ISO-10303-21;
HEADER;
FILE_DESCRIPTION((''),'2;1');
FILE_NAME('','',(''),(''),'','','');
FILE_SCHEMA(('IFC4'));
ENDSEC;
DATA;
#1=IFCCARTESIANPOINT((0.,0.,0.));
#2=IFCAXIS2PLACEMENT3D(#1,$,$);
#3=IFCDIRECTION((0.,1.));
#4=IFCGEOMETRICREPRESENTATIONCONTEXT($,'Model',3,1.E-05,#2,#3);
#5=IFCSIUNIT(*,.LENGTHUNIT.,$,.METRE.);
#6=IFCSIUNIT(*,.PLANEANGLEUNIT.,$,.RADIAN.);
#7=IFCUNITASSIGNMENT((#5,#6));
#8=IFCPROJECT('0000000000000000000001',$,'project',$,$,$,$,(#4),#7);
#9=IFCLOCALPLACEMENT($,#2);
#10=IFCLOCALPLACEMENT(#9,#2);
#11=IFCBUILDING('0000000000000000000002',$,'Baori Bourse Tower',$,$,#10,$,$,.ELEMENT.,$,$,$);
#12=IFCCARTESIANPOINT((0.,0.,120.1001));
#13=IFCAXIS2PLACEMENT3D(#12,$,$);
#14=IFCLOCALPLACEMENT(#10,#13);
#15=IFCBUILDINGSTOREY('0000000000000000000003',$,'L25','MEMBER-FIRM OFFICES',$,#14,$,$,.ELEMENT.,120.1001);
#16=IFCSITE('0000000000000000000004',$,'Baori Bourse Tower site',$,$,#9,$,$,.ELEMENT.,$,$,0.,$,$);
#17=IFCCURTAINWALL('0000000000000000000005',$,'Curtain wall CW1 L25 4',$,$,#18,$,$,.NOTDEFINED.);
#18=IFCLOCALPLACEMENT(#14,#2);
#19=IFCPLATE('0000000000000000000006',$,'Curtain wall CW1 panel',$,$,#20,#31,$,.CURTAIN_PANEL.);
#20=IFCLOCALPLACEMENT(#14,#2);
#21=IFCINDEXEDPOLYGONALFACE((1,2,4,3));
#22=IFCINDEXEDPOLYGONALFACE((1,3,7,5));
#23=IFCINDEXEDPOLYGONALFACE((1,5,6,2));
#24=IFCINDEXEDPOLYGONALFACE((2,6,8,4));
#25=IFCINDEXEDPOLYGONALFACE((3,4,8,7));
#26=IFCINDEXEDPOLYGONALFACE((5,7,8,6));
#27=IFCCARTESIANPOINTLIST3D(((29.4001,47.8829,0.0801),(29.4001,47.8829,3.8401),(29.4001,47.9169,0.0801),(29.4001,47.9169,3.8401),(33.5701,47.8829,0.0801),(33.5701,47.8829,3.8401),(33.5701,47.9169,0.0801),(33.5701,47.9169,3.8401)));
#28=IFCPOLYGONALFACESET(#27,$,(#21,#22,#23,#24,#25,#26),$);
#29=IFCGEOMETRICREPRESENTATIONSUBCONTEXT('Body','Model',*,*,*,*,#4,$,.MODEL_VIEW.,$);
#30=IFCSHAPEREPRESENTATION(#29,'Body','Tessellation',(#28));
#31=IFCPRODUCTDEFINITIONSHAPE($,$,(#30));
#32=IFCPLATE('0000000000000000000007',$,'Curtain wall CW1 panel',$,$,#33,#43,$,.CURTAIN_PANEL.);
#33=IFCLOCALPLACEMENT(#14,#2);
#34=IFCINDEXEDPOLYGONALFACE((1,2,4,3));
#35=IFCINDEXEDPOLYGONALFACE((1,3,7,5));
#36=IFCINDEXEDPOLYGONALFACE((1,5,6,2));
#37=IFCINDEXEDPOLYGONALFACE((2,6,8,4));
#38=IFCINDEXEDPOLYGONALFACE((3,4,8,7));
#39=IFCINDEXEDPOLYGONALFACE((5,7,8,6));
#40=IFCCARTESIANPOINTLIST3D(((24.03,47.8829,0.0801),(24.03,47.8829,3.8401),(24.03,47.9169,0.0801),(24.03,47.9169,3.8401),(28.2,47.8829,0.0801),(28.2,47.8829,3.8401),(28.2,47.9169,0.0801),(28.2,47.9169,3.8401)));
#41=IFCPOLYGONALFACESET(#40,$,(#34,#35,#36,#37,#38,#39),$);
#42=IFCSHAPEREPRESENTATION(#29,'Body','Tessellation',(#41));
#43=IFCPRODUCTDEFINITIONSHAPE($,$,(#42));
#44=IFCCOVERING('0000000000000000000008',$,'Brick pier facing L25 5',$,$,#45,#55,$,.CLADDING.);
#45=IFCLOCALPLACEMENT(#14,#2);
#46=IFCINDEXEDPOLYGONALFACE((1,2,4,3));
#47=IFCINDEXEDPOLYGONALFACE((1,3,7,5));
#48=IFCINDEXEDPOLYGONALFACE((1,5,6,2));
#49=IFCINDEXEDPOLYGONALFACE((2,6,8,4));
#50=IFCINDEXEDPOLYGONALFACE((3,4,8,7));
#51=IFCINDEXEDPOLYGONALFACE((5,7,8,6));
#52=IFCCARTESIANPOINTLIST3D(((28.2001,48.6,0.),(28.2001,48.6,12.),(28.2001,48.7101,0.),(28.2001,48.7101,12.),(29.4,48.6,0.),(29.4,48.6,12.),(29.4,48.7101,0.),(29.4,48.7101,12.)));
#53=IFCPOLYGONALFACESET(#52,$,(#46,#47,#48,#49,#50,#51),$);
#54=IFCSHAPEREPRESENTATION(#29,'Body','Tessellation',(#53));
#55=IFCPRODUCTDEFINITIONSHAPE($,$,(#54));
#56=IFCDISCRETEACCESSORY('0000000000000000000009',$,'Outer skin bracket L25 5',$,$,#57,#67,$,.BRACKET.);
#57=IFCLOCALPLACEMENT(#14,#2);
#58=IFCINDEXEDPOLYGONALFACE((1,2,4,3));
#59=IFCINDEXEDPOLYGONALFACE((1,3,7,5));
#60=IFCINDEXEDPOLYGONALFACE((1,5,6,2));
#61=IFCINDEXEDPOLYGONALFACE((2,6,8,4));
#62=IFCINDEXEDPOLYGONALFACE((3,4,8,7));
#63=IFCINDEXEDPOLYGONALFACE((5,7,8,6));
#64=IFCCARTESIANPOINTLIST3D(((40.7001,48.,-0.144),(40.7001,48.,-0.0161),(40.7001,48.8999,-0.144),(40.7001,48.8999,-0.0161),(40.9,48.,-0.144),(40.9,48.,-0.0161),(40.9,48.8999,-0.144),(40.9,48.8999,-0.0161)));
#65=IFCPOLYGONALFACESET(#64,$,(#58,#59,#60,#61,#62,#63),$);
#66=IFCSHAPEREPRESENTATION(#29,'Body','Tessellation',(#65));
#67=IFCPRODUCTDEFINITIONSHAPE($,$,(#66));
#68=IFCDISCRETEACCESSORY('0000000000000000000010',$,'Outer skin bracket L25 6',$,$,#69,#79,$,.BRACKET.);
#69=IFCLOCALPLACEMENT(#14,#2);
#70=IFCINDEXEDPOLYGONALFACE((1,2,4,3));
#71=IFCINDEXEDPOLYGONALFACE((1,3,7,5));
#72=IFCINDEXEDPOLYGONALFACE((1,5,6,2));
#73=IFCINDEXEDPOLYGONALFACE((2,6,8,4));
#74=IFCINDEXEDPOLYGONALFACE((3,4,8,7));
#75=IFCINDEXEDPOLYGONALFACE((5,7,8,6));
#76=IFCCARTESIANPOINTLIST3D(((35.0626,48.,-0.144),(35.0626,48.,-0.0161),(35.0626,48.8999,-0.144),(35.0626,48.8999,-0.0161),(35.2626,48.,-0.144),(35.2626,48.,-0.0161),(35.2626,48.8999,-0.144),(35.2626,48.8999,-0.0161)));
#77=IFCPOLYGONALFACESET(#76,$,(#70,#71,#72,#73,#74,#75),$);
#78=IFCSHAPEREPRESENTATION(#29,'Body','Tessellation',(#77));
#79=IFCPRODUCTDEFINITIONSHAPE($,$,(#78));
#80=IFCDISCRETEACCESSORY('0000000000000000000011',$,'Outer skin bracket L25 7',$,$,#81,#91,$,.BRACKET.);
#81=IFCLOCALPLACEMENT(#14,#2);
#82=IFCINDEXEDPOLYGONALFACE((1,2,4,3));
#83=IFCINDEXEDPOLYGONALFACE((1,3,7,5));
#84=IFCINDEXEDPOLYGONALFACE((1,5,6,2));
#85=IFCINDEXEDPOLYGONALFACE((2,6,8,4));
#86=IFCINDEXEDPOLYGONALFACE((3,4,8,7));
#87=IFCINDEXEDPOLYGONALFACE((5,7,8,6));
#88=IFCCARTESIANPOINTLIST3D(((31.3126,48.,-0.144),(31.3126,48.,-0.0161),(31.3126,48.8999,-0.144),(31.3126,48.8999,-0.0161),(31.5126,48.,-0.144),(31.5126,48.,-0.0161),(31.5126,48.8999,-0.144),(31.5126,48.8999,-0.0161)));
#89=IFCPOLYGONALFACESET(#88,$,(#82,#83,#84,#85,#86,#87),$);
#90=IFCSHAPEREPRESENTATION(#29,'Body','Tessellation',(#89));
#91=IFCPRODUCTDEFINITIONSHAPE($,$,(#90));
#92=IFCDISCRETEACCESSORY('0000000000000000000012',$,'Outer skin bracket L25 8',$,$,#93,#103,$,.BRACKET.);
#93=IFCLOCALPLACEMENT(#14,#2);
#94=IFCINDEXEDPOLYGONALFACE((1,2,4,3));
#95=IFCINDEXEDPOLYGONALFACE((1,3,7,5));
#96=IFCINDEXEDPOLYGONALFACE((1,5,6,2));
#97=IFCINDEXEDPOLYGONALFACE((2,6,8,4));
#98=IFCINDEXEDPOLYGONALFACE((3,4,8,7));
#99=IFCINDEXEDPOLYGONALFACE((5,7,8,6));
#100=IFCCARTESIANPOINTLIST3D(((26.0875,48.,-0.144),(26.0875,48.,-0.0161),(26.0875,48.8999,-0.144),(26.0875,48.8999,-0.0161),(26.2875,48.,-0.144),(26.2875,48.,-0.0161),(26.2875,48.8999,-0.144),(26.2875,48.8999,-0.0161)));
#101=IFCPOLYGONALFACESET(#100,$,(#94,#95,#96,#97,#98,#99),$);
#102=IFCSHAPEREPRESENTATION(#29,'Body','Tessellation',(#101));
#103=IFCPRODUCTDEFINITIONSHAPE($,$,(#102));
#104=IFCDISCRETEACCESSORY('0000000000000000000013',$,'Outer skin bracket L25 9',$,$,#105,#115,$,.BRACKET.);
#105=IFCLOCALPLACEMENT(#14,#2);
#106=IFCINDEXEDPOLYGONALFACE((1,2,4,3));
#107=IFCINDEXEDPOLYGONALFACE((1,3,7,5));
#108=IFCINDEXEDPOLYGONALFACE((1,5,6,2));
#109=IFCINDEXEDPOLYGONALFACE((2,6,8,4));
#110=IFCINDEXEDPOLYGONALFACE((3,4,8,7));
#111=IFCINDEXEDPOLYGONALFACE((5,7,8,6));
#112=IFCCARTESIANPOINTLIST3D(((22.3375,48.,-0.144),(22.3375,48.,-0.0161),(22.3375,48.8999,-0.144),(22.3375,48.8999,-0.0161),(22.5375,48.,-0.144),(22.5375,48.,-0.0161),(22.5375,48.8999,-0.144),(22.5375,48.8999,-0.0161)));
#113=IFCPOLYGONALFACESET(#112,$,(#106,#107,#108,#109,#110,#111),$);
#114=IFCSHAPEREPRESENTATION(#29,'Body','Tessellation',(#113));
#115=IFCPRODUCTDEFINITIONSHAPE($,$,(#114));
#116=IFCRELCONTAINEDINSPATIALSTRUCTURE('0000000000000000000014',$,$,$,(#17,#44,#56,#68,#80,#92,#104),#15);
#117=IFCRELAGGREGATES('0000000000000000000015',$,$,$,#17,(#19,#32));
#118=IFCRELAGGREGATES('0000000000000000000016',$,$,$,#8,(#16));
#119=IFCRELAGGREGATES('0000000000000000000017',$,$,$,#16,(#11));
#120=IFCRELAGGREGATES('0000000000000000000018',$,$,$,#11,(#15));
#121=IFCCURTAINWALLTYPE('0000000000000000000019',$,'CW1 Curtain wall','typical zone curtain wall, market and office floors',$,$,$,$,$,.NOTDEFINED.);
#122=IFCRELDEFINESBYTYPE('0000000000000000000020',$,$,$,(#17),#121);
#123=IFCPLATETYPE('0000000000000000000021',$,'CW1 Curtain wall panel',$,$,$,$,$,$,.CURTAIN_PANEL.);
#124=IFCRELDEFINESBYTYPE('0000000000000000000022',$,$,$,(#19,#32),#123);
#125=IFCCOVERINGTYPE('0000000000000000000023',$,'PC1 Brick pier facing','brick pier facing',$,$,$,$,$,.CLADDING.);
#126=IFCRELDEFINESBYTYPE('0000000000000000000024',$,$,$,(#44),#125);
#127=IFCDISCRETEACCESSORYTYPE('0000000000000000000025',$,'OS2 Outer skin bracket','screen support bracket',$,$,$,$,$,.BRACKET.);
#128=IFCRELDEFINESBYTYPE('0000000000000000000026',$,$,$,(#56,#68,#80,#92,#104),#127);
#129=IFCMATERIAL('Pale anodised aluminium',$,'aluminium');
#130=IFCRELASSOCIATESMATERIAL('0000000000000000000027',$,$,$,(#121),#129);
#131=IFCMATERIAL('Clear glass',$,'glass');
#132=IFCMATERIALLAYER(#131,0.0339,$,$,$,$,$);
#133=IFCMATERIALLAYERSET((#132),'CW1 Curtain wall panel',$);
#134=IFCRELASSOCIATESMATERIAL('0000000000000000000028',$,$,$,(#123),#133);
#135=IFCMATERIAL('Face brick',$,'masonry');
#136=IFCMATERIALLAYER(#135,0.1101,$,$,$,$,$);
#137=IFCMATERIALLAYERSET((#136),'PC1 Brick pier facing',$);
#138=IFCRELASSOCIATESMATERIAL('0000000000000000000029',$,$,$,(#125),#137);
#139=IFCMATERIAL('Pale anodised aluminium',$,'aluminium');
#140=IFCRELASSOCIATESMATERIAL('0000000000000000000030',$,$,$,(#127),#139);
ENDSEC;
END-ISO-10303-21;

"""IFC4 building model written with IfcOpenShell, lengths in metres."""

from ifc_helpers import new_model, si_unit, direction, frame, origin, origin_2d, place, context, subcontext, project, spatial, rectangle, extrude, material, layer, layer_set, type_object, element, aggregate, save


model = new_model("IFC4")

# Units and contexts
model_context = context("Model", 3, precision=1e-05, world=origin(), true_north=direction((0.0, 1.0)))
body_context = subcontext(model_context, "Body", "Model", "MODEL_VIEW")
ifc_project = project(units=[si_unit("LENGTHUNIT", "METRE"), si_unit("PLANEANGLEUNIT", "RADIAN")], contexts=[model_context])

# Site, building, storey
site_placement = place(None, origin())
site = spatial("IfcSite", under=ifc_project, at=site_placement, Name="Baori Bourse Tower site", CompositionType="ELEMENT", RefElevation=0.0)
building_placement = place(site_placement, origin())
building = spatial("IfcBuilding", under=site, at=building_placement, Name="Baori Bourse Tower", CompositionType="ELEMENT")
storey_placement = place(building_placement, frame((0.0, 0.0, 120.1001)))
storey = spatial("IfcBuildingStorey", under=building, at=storey_placement, Name="L25", Description="MEMBER-FIRM OFFICES", CompositionType="ELEMENT", Elevation=120.1001)

# Curtain wall
ifc_material_1 = material(Name="Pale anodised aluminium", Category="aluminium")
curtain_wall_type = type_object("IfcCurtainWallType", Name="CW1 Curtain wall", Description="typical zone curtain wall, market and office floors", PredefinedType="NOTDEFINED", material=ifc_material_1)
curtain_wall_placement = place(storey_placement, origin())
curtain_wall = element("IfcCurtainWall", 1, at=curtain_wall_placement, inside=storey, type_object=curtain_wall_type, Name="Curtain wall CW1 L25 4", PredefinedType="NOTDEFINED")

# Plates
ifc_material_2 = material(Name="Clear glass", Category="glass")
ifc_layer_1 = layer(ifc_material_2, 0.0339)
ifc_layer_set_1 = layer_set([ifc_layer_1], Name="CW1 Curtain wall panel")
plate_type = type_object("IfcPlateType", Name="CW1 Curtain wall panel", PredefinedType="CURTAIN_PANEL", material=ifc_layer_set_1)
plate_1_placement = place(storey_placement, frame((31.4851, 47.8999, 0.0801), z_axis=(0.0, 0.0, 1.0), x_axis=(-1.0, 0.0, 0.0)))
plate_1 = element("IfcPlate", 2, at=plate_1_placement, type_object=plate_type, Name="Curtain wall CW1 panel", PredefinedType="CURTAIN_PANEL", context=body_context, shape_type="SweptSolid", body=[
    extrude(rectangle(XDim=4.1699, YDim=0.0339, at=origin_2d()), origin(), (0.0, 0.0, 1.0), 3.76),
])
plate_2_placement = place(storey_placement, frame((26.115, 47.8999, 0.0801), z_axis=(0.0, 0.0, 1.0), x_axis=(-1.0, 0.0, 0.0)))
plate_2 = element("IfcPlate", 3, at=plate_2_placement, type_object=plate_type, Name="Curtain wall CW1 panel", PredefinedType="CURTAIN_PANEL", context=body_context, shape_type="SweptSolid", body=[
    extrude(rectangle(XDim=4.1699, YDim=0.0339, at=origin_2d()), origin(), (0.0, 0.0, 1.0), 3.76),
])
aggregate(curtain_wall, [plate_1, plate_2])

# Covering
ifc_material_3 = material(Name="Face brick", Category="masonry")
ifc_layer_2 = layer(ifc_material_3, 0.1101)
ifc_layer_set_2 = layer_set([ifc_layer_2], Name="PC1 Brick pier facing")
covering_type = type_object("IfcCoveringType", Name="PC1 Brick pier facing", Description="brick pier facing", PredefinedType="CLADDING", material=ifc_layer_set_2)
covering_placement = place(storey_placement, frame((28.8, 48.655, 0.0), z_axis=(0.0, 0.0, 1.0), x_axis=(1.0, 0.0, 0.0)))
element("IfcCovering", 4, at=covering_placement, inside=storey, type_object=covering_type, Name="Brick pier facing L25 5", PredefinedType="CLADDING", context=body_context, shape_type="SweptSolid", body=[
    extrude(rectangle(XDim=1.2, YDim=0.1101, at=origin_2d()), origin(), (0.0, 0.0, 1.0), 12.0),
])

# Discrete accessories
ifc_material_4 = material(Name="Pale anodised aluminium", Category="aluminium")
discrete_accessory_type = type_object("IfcDiscreteAccessoryType", Name="OS2 Outer skin bracket", Description="screen support bracket", PredefinedType="BRACKET", material=ifc_material_4)
for number, where, z_axis, x_axis, name in (
    (5, (40.8, 48.45, -0.144), (0.0, 0.0, 1.0), (-1.0, 0.0, 0.0), "Outer skin bracket L25 5"),
    (6, (35.1626, 48.45, -0.144), (0.0, 0.0, 1.0), (-1.0, 0.0, 0.0), "Outer skin bracket L25 6"),
    (7, (31.4126, 48.45, -0.144), (0.0, 0.0, 1.0), (-1.0, 0.0, 0.0), "Outer skin bracket L25 7"),
    (8, (26.1875, 48.45, -0.144), (0.0, 0.0, 1.0), (-1.0, 0.0, 0.0), "Outer skin bracket L25 8"),
    (9, (22.4375, 48.45, -0.144), (0.0, 0.0, 1.0), (-1.0, 0.0, 0.0), "Outer skin bracket L25 9"),
):
    element("IfcDiscreteAccessory", number, at=place(storey_placement, frame(where, z_axis=z_axis, x_axis=x_axis)), inside=storey, type_object=discrete_accessory_type, Name=name, PredefinedType="BRACKET", context=body_context, shape_type="SweptSolid", body=[
        extrude(rectangle(XDim=0.2, YDim=0.8999, at=origin_2d()), origin(), (0.0, 0.0, 1.0), 0.1279),
    ])

save(model, "model.ifc")
